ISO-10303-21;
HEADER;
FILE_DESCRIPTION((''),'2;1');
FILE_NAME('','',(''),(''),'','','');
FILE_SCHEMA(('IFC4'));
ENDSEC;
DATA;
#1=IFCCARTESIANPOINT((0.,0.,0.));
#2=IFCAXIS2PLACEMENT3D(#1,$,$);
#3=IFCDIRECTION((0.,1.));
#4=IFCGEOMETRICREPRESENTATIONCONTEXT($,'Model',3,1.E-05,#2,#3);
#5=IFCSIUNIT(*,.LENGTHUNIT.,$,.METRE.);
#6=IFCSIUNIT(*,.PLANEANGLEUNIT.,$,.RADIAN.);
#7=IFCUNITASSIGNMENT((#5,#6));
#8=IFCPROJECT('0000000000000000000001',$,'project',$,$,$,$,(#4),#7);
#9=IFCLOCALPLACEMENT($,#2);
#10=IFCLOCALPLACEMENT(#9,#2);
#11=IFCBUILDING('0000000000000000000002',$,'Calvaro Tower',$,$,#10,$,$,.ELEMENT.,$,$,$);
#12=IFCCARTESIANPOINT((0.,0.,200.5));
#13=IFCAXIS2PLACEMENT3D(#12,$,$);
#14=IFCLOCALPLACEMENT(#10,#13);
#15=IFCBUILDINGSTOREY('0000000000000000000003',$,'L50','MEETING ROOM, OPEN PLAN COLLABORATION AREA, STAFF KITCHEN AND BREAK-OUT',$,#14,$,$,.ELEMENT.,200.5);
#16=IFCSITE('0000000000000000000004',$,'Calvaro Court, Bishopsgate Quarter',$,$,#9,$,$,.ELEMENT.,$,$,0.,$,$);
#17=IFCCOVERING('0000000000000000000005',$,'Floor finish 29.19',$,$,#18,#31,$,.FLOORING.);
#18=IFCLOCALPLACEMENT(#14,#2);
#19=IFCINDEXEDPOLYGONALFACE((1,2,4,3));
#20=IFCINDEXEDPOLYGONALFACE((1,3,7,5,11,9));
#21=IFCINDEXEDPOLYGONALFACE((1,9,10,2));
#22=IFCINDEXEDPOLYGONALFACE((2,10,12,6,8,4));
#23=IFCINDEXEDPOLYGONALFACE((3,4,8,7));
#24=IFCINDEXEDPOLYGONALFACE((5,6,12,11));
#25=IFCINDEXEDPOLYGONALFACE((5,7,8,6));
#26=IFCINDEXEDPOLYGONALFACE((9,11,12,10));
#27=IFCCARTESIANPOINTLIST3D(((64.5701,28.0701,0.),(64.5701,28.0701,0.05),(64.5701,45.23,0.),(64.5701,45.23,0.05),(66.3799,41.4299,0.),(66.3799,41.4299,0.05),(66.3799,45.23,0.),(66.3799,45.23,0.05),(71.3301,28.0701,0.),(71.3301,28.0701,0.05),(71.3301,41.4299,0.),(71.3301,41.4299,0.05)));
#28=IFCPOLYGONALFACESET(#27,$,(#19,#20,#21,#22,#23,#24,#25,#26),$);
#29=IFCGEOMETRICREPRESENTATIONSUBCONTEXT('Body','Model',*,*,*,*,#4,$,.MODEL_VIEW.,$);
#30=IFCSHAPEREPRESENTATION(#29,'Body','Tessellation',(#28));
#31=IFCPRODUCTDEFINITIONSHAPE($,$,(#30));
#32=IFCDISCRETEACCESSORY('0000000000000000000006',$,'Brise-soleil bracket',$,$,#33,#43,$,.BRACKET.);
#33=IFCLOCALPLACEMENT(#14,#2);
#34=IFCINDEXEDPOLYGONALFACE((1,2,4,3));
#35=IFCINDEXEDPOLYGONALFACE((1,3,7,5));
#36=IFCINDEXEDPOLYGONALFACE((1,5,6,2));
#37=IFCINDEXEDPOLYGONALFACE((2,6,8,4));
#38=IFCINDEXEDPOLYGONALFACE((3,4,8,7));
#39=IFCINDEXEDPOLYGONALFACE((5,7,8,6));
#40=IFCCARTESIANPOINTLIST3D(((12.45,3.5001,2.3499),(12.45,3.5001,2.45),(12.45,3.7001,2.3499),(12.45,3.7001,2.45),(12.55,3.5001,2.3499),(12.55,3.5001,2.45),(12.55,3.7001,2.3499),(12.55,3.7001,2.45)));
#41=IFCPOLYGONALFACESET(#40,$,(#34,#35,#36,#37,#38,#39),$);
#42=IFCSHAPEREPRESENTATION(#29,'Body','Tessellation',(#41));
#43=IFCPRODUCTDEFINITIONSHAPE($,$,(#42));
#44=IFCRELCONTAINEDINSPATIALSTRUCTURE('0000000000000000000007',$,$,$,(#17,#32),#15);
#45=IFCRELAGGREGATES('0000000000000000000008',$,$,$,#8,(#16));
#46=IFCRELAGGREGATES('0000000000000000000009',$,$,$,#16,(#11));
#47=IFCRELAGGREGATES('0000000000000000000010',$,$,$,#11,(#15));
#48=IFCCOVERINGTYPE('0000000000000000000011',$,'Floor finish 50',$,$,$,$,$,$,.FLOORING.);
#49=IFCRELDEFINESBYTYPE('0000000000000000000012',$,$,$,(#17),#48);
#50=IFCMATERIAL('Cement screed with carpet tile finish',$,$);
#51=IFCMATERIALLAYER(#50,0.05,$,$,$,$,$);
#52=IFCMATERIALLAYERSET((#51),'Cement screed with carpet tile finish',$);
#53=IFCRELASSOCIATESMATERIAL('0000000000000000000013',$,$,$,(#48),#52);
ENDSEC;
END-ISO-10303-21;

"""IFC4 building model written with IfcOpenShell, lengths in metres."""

from ifc_helpers import new_model, si_unit, direction, frame, origin, origin_2d, place, context, subcontext, project, spatial, polyline, rectangle, outline, extrude, material, layer, layer_set, type_object, element, save


model = new_model("IFC4")

# Units and contexts
model_context = context("Model", 3, precision=1e-05, world=origin(), true_north=direction((0.0, 1.0)))
body_context = subcontext(model_context, "Body", "Model", "MODEL_VIEW")
ifc_project = project(units=[si_unit("LENGTHUNIT", "METRE"), si_unit("PLANEANGLEUNIT", "RADIAN")], contexts=[model_context])

# Site, building, storey
site_placement = place(None, origin())
site = spatial("IfcSite", under=ifc_project, at=site_placement, Name="Calvaro Court, Bishopsgate Quarter", CompositionType="ELEMENT", RefElevation=0.0)
building_placement = place(site_placement, origin())
building = spatial("IfcBuilding", under=site, at=building_placement, Name="Calvaro Tower", CompositionType="ELEMENT")
storey_placement = place(building_placement, frame((0.0, 0.0, 200.5)))
storey = spatial("IfcBuildingStorey", under=building, at=storey_placement, Name="L50", Description="MEETING ROOM, OPEN PLAN COLLABORATION AREA, STAFF KITCHEN AND BREAK-OUT", CompositionType="ELEMENT", Elevation=200.5)

# Covering
ifc_material_1 = material(Name="Cement screed with carpet tile finish")
ifc_layer_1 = layer(ifc_material_1, 0.05)
ifc_layer_set_1 = layer_set([ifc_layer_1], Name="Cement screed with carpet tile finish")
covering_type = type_object("IfcCoveringType", Name="Floor finish 50", PredefinedType="FLOORING", material=ifc_layer_set_1)
covering_1_placement = place(storey_placement, origin())
element("IfcCovering", 1, at=covering_1_placement, inside=storey, type_object=covering_type, Name="Floor finish 29.19", PredefinedType="FLOORING", context=body_context, shape_type="SweptSolid", body=[
    extrude(outline(polyline([(71.3301, 28.0701), (64.5701, 28.0701), (64.5701, 45.23), (66.3799, 45.23), (66.3799, 41.4299), (71.3301, 41.4299), (71.3301, 28.0701)])), origin(), (0.0, 0.0, 1.0), 0.05),
])

# Discrete accessory
discrete_accessory_placement = place(storey_placement, frame((12.5, 3.6001, 2.3499), z_axis=(0.0, 0.0, 1.0), x_axis=(1.0, 0.0, 0.0)))
element("IfcDiscreteAccessory", 2, at=discrete_accessory_placement, inside=storey, Name="Brise-soleil bracket", PredefinedType="BRACKET", context=body_context, shape_type="SweptSolid", body=[
    extrude(rectangle(XDim=0.1001, YDim=0.2, at=origin_2d()), origin(), (0.0, 0.0, 1.0), 0.1001),
])

save(model, "model.ifc")
